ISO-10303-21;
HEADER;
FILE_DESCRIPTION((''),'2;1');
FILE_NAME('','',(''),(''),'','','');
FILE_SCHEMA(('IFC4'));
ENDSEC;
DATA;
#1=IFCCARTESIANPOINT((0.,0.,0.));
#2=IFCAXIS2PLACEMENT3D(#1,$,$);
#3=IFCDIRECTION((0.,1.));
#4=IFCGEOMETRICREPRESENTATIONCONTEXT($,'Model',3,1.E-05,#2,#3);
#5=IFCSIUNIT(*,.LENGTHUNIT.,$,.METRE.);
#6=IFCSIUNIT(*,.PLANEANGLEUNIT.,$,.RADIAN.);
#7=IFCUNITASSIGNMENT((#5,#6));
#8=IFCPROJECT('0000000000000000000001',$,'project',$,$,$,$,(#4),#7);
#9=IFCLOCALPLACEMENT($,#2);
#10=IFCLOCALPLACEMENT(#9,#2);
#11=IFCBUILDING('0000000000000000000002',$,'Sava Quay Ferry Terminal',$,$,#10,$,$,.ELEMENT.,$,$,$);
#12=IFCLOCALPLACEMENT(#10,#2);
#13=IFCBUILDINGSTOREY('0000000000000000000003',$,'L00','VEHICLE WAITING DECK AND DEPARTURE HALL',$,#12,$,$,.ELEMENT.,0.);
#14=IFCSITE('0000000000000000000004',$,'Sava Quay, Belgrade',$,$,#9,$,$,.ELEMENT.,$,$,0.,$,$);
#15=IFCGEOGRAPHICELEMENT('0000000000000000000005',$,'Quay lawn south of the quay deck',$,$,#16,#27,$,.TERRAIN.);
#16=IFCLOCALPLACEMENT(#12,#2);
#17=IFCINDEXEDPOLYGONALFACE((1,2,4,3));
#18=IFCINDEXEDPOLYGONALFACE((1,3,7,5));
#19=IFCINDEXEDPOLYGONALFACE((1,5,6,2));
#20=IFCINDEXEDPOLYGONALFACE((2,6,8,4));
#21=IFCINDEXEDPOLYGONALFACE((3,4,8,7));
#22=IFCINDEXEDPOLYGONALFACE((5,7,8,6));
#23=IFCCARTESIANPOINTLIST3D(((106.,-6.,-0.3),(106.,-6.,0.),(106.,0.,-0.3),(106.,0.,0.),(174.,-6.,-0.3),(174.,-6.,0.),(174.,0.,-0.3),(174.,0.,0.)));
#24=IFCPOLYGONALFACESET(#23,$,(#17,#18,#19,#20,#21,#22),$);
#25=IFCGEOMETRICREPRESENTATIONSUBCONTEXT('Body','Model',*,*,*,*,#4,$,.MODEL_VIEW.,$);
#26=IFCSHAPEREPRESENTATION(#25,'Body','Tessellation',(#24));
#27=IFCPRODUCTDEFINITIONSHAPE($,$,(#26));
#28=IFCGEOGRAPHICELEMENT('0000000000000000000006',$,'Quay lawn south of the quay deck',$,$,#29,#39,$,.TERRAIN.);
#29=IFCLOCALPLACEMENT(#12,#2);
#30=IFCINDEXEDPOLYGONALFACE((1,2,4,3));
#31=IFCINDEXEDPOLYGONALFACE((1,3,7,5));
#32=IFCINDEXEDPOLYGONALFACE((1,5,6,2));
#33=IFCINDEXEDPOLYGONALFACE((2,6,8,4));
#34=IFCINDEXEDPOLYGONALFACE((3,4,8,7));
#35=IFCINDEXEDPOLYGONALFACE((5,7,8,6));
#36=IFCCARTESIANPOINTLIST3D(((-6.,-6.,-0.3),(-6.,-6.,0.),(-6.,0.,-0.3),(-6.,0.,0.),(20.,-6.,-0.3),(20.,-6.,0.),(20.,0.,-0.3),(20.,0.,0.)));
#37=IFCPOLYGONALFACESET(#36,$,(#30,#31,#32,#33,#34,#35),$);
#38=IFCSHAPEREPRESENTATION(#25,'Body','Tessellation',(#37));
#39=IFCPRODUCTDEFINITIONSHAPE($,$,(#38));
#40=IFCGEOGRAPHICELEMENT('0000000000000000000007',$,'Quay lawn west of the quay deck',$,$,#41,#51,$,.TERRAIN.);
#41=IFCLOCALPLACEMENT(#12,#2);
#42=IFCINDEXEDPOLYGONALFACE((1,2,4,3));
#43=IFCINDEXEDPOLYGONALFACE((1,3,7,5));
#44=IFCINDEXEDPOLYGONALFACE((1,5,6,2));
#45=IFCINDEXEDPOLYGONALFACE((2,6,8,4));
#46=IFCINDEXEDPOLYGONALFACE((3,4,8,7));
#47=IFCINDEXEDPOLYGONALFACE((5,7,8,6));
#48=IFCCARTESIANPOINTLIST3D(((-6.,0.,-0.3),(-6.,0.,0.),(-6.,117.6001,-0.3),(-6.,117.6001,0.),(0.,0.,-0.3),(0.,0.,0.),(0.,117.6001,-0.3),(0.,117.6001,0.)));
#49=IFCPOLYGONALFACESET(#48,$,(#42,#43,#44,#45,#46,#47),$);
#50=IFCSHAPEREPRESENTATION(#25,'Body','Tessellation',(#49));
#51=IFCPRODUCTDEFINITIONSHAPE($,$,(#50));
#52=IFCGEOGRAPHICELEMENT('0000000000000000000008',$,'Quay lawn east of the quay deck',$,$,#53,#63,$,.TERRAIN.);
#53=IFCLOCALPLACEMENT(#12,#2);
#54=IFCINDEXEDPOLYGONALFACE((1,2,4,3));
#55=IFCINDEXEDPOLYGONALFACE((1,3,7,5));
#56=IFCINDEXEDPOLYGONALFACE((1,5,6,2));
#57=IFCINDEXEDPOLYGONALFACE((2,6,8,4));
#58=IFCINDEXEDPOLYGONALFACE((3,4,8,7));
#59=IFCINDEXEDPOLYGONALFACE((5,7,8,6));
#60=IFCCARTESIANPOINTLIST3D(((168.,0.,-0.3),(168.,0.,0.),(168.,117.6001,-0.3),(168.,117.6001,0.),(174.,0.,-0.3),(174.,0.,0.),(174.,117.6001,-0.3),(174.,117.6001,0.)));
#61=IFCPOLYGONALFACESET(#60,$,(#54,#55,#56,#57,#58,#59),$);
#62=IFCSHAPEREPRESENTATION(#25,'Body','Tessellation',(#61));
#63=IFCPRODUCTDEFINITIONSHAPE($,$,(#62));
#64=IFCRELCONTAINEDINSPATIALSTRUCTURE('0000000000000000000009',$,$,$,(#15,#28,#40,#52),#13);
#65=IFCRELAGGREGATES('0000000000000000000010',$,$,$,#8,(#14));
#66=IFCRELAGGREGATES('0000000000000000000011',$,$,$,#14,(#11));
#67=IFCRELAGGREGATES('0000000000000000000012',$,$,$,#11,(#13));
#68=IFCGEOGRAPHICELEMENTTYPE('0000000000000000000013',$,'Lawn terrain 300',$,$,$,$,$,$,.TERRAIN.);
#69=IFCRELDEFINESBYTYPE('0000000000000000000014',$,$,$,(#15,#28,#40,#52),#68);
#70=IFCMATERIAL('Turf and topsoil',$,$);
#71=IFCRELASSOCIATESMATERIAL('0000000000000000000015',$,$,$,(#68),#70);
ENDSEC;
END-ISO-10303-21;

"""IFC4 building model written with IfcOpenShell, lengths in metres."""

from ifc_helpers import new_model, si_unit, direction, frame, origin, place, context, subcontext, project, spatial, polyline, outline, extrude, material, type_object, element, save


model = new_model("IFC4")

# Units and contexts
model_context = context("Model", 3, precision=1e-05, world=origin(), true_north=direction((0.0, 1.0)))
body_context = subcontext(model_context, "Body", "Model", "MODEL_VIEW")
ifc_project = project(units=[si_unit("LENGTHUNIT", "METRE"), si_unit("PLANEANGLEUNIT", "RADIAN")], contexts=[model_context])

# Site, building, storey
site_placement = place(None, origin())
site = spatial("IfcSite", under=ifc_project, at=site_placement, Name="Sava Quay, Belgrade", CompositionType="ELEMENT", RefElevation=0.0)
building_placement = place(site_placement, origin())
building = spatial("IfcBuilding", under=site, at=building_placement, Name="Sava Quay Ferry Terminal", CompositionType="ELEMENT")
storey_placement = place(building_placement, origin())
storey = spatial("IfcBuildingStorey", under=building, at=storey_placement, Name="L00", Description="VEHICLE WAITING DECK AND DEPARTURE HALL", CompositionType="ELEMENT", Elevation=0.0)

# Geographic elements
ifc_material_1 = material(Name="Turf and topsoil")
geographic_element_type = type_object("IfcGeographicElementType", Name="Lawn terrain 300", PredefinedType="TERRAIN", material=ifc_material_1)
geographic_element_1_placement = place(storey_placement, frame((0.0, 0.0, -0.3)))
element("IfcGeographicElement", 1, at=geographic_element_1_placement, inside=storey, type_object=geographic_element_type, Name="Quay lawn south of the quay deck", PredefinedType="TERRAIN", context=body_context, shape_type="SweptSolid", body=[
    extrude(outline(polyline([(174.0, 0.0), (174.0, -6.0), (106.0, -6.0), (106.0, 0.0), (174.0, 0.0)])), origin(), (0.0, 0.0, 1.0), 0.3),
])
geographic_element_2_placement = place(storey_placement, frame((0.0, 0.0, -0.3)))
element("IfcGeographicElement", 2, at=geographic_element_2_placement, inside=storey, type_object=geographic_element_type, Name="Quay lawn south of the quay deck", PredefinedType="TERRAIN", context=body_context, shape_type="SweptSolid", body=[
    extrude(outline(polyline([(-6.0, -6.0), (-6.0, 0.0), (20.0, 0.0), (20.0, -6.0), (-6.0, -6.0)])), origin(), (0.0, 0.0, 1.0), 0.3),
])
geographic_element_3_placement = place(storey_placement, frame((0.0, 0.0, -0.3)))
element("IfcGeographicElement", 3, at=geographic_element_3_placement, inside=storey, type_object=geographic_element_type, Name="Quay lawn west of the quay deck", PredefinedType="TERRAIN", context=body_context, shape_type="SweptSolid", body=[
    extrude(outline(polyline([(0.0, 0.0), (0.0, 117.6001), (-6.0, 117.6001), (-6.0, 0.0), (0.0, 0.0)])), origin(), (0.0, 0.0, 1.0), 0.3),
])
geographic_element_4_placement = place(storey_placement, frame((0.0, 0.0, -0.3)))
element("IfcGeographicElement", 4, at=geographic_element_4_placement, inside=storey, type_object=geographic_element_type, Name="Quay lawn east of the quay deck", PredefinedType="TERRAIN", context=body_context, shape_type="SweptSolid", body=[
    extrude(outline(polyline([(174.0, 0.0), (174.0, 117.6001), (168.0, 117.6001), (168.0, 0.0), (174.0, 0.0)])), origin(), (0.0, 0.0, 1.0), 0.3),
])

save(model, "model.ifc")
